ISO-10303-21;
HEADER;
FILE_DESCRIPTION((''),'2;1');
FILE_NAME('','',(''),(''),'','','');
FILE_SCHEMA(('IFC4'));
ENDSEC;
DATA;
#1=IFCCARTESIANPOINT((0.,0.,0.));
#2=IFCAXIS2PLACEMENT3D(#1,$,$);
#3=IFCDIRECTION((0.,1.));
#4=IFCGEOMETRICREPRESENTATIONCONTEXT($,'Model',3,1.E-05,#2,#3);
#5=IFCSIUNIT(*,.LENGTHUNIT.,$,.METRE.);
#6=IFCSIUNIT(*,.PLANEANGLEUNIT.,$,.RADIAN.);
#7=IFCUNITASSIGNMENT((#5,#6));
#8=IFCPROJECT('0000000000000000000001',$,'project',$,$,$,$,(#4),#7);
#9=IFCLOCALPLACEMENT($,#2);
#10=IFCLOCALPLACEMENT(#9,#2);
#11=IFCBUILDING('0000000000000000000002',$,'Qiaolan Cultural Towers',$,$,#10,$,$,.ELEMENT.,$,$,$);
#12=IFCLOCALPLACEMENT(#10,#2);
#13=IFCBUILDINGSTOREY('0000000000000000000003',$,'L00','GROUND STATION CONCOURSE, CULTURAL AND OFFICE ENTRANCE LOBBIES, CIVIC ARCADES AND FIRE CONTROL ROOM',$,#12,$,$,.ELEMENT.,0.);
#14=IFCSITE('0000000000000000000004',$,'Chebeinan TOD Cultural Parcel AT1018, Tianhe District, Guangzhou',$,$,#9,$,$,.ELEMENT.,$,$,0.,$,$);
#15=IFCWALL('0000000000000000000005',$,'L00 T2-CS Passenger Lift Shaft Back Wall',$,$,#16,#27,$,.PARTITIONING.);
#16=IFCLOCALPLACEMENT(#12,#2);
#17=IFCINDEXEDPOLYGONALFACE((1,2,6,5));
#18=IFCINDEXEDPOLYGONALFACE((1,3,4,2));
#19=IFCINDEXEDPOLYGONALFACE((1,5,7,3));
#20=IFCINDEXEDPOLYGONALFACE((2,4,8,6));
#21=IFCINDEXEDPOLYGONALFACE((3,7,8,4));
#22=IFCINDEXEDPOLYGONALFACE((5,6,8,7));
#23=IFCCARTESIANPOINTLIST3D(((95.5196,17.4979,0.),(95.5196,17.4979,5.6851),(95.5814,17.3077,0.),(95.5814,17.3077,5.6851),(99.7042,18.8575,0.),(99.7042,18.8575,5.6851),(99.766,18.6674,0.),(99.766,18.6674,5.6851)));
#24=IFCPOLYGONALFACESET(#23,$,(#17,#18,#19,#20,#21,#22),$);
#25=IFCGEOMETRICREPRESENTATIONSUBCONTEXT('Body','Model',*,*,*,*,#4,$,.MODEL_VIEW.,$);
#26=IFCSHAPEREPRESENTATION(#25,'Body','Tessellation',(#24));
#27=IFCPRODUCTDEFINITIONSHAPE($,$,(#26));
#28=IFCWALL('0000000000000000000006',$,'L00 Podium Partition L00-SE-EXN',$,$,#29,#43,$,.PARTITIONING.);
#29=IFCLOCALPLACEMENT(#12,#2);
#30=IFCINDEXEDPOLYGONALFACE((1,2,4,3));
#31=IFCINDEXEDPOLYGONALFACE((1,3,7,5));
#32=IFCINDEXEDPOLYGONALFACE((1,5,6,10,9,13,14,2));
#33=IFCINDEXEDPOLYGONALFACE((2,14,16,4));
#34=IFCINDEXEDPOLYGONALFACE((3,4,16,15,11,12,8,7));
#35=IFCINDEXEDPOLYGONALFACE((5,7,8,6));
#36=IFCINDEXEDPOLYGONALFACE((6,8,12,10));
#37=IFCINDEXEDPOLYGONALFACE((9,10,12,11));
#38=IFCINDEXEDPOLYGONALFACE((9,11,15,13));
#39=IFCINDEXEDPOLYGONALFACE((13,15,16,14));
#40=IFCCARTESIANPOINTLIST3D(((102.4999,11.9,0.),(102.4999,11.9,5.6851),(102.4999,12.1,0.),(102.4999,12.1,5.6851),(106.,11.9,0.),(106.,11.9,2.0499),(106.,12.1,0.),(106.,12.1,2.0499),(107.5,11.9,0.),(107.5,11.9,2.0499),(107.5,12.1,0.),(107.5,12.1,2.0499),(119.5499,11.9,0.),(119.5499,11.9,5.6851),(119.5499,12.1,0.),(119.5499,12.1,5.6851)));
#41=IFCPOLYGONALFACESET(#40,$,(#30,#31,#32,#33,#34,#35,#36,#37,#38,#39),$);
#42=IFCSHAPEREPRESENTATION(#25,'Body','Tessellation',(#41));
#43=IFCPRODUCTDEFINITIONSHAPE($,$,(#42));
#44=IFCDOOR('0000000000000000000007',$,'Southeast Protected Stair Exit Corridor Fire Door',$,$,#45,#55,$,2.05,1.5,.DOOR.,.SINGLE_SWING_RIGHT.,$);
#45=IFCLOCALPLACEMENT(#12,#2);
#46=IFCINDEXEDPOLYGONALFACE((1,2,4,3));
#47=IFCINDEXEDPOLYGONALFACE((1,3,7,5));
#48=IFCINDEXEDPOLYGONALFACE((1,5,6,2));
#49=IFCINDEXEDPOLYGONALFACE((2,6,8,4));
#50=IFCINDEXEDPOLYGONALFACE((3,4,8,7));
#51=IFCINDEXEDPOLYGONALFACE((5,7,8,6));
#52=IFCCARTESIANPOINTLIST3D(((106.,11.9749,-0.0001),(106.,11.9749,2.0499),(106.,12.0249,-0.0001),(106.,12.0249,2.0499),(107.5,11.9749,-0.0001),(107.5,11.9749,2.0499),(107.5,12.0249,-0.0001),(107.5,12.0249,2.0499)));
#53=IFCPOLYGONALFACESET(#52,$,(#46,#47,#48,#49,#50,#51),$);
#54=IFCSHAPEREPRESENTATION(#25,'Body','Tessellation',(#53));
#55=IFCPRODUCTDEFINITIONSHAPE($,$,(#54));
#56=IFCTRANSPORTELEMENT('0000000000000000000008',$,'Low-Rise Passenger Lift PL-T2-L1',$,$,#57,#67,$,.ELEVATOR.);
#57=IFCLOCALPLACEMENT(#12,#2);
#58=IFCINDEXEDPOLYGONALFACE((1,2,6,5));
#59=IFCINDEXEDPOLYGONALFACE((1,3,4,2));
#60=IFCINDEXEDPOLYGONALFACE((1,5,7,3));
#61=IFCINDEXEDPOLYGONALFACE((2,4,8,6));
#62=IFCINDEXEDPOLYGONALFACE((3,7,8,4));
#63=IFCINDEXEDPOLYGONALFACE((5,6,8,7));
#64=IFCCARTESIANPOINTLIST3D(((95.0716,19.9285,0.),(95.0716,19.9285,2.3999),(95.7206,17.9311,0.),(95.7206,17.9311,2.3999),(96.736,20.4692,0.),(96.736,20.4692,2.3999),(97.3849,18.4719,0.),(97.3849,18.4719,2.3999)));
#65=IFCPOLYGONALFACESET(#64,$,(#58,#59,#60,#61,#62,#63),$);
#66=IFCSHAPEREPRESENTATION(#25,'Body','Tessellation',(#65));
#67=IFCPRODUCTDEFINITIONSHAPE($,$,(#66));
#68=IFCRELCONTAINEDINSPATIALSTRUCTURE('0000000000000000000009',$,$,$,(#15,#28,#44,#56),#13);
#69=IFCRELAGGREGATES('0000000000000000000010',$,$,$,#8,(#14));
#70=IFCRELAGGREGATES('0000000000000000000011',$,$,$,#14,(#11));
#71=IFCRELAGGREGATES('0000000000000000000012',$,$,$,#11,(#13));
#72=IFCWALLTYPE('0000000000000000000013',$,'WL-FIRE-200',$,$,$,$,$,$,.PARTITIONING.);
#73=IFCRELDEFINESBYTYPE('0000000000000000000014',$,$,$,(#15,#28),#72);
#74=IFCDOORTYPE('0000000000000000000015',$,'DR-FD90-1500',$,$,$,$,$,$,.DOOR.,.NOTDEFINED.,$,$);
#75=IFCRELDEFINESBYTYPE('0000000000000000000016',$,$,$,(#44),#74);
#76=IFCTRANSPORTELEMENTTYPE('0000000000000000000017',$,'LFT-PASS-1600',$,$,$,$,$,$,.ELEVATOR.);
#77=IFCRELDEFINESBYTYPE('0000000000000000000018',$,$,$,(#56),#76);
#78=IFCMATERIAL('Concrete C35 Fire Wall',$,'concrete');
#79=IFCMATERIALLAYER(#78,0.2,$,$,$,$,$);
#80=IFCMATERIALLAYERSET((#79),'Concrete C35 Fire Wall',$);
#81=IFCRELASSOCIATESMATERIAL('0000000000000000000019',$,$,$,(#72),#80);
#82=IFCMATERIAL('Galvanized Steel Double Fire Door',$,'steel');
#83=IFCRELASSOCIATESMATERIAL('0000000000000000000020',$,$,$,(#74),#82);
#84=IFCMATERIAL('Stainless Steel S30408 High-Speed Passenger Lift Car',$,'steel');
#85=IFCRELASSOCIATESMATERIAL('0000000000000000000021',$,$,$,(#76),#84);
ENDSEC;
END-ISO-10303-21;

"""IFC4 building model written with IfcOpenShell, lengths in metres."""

from ifc_helpers import new_model, si_unit, direction, frame, frame_2d, origin, origin_2d, place, context, subcontext, project, spatial, rectangle, extrude, material, layer, layer_set, type_object, element, fill, save


model = new_model("IFC4")

# Units and contexts
model_context = context("Model", 3, precision=1e-05, world=origin(), true_north=direction((0.0, 1.0)))
body_context = subcontext(model_context, "Body", "Model", "MODEL_VIEW")
ifc_project = project(units=[si_unit("LENGTHUNIT", "METRE"), si_unit("PLANEANGLEUNIT", "RADIAN")], contexts=[model_context])

# Site, building, storey
site_placement = place(None, origin())
site = spatial("IfcSite", under=ifc_project, at=site_placement, Name="Chebeinan TOD Cultural Parcel AT1018, Tianhe District, Guangzhou", CompositionType="ELEMENT", RefElevation=0.0)
building_placement = place(site_placement, origin())
building = spatial("IfcBuilding", under=site, at=building_placement, Name="Qiaolan Cultural Towers", CompositionType="ELEMENT")
storey_placement = place(building_placement, origin())
storey = spatial("IfcBuildingStorey", under=building, at=storey_placement, Name="L00", Description="GROUND STATION CONCOURSE, CULTURAL AND OFFICE ENTRANCE LOBBIES, CIVIC ARCADES AND FIRE CONTROL ROOM", CompositionType="ELEMENT", Elevation=0.0)

# Wall
ifc_material_1 = material(Name="Concrete C35 Fire Wall", Category="concrete")
ifc_layer_1 = layer(ifc_material_1, 0.2)
ifc_layer_set_1 = layer_set([ifc_layer_1], Name="Concrete C35 Fire Wall")
wall_type_1 = type_object("IfcWallType", Name="WL-FIRE-200", PredefinedType="PARTITIONING", material=ifc_layer_set_1)
wall_1_placement = place(storey_placement, frame((95.5505, 17.4028, 0.0), z_axis=(0.0, 0.0, 1.0), x_axis=(0.951059, 0.309011, 0.0)))
element("IfcWall", 1, at=wall_1_placement, inside=storey, type_object=wall_type_1, Name="L00 T2-CS Passenger Lift Shaft Back Wall", PredefinedType="PARTITIONING", context=body_context, shape_type="SweptSolid", body=[
    extrude(rectangle(XDim=4.3999, YDim=0.2, at=frame_2d((2.2, 0.0))), origin(), (0.0, 0.0, 1.0), 5.6851),
])

# Wall, opening, door
wall_2_placement = place(storey_placement, frame((102.5, 12.0, 0.0), z_axis=(0.0, 0.0, 1.0), x_axis=(1.0, 0.0, 0.0)))
wall_2 = element("IfcWall", 2, at=wall_2_placement, inside=storey, type_object=wall_type_1, Name="L00 Podium Partition L00-SE-EXN", PredefinedType="PARTITIONING", context=body_context, shape_type="SweptSolid", body=[
    extrude(rectangle(XDim=17.05, YDim=0.2, at=frame_2d((8.5249, 0.0))), origin(), (0.0, 0.0, 1.0), 5.6851),
])
opening_1_placement = place(wall_2_placement, frame((3.5, 0.0, 0.0)))
opening_1 = element("IfcOpeningElement", 3, at=opening_1_placement, cuts=wall_2, PredefinedType="OPENING", context=body_context, shape_type="SweptSolid", body=[
    extrude(rectangle(XDim=1.5, YDim=2.05, at=frame_2d((0.75, 1.0249))), frame((0.0, 0.1099, 0.0), z_axis=(0.0, -1.0, 0.0), x_axis=(1.0, 0.0, 0.0)), (0.0, 0.0, 1.0), 0.22),
])
ifc_material_2 = material(Name="Galvanized Steel Double Fire Door", Category="steel")
door_type_1 = type_object("IfcDoorType", Name="DR-FD90-1500", OperationType="NOTDEFINED", PredefinedType="DOOR", material=ifc_material_2)
door_1_placement = place(opening_1_placement, origin())
door_1 = element("IfcDoor", 4, at=door_1_placement, inside=storey, type_object=door_type_1, Name="Southeast Protected Stair Exit Corridor Fire Door", OperationType="SINGLE_SWING_RIGHT", OverallHeight=2.05, OverallWidth=1.5, PredefinedType="DOOR", context=body_context, shape_type="SweptSolid", body=[
    extrude(rectangle(XDim=1.5, YDim=2.05, at=frame_2d((0.75, 1.0249))), frame((0.0, 0.0249, 0.0), z_axis=(0.0, -1.0, 0.0), x_axis=(1.0, 0.0, 0.0)), (0.0, 0.0, 1.0), 0.05),
])
fill(opening_1, door_1)

# Transport element
ifc_material_3 = material(Name="Stainless Steel S30408 High-Speed Passenger Lift Car", Category="steel")
transport_element_type = type_object("IfcTransportElementType", Name="LFT-PASS-1600", PredefinedType="ELEVATOR", material=ifc_material_3)
transport_element_placement = place(storey_placement, frame((96.2283, 19.2002, 0.0), z_axis=(0.0, 0.0, 1.0), x_axis=(0.951057, 0.309017, 0.0)))
element("IfcTransportElement", 5, at=transport_element_placement, inside=storey, type_object=transport_element_type, Name="Low-Rise Passenger Lift PL-T2-L1", PredefinedType="ELEVATOR", context=body_context, shape_type="SweptSolid", body=[
    extrude(rectangle(XDim=1.75, YDim=2.1001, at=origin_2d()), origin(), (0.0, 0.0, 1.0), 2.3999),
])

save(model, "model.ifc")
